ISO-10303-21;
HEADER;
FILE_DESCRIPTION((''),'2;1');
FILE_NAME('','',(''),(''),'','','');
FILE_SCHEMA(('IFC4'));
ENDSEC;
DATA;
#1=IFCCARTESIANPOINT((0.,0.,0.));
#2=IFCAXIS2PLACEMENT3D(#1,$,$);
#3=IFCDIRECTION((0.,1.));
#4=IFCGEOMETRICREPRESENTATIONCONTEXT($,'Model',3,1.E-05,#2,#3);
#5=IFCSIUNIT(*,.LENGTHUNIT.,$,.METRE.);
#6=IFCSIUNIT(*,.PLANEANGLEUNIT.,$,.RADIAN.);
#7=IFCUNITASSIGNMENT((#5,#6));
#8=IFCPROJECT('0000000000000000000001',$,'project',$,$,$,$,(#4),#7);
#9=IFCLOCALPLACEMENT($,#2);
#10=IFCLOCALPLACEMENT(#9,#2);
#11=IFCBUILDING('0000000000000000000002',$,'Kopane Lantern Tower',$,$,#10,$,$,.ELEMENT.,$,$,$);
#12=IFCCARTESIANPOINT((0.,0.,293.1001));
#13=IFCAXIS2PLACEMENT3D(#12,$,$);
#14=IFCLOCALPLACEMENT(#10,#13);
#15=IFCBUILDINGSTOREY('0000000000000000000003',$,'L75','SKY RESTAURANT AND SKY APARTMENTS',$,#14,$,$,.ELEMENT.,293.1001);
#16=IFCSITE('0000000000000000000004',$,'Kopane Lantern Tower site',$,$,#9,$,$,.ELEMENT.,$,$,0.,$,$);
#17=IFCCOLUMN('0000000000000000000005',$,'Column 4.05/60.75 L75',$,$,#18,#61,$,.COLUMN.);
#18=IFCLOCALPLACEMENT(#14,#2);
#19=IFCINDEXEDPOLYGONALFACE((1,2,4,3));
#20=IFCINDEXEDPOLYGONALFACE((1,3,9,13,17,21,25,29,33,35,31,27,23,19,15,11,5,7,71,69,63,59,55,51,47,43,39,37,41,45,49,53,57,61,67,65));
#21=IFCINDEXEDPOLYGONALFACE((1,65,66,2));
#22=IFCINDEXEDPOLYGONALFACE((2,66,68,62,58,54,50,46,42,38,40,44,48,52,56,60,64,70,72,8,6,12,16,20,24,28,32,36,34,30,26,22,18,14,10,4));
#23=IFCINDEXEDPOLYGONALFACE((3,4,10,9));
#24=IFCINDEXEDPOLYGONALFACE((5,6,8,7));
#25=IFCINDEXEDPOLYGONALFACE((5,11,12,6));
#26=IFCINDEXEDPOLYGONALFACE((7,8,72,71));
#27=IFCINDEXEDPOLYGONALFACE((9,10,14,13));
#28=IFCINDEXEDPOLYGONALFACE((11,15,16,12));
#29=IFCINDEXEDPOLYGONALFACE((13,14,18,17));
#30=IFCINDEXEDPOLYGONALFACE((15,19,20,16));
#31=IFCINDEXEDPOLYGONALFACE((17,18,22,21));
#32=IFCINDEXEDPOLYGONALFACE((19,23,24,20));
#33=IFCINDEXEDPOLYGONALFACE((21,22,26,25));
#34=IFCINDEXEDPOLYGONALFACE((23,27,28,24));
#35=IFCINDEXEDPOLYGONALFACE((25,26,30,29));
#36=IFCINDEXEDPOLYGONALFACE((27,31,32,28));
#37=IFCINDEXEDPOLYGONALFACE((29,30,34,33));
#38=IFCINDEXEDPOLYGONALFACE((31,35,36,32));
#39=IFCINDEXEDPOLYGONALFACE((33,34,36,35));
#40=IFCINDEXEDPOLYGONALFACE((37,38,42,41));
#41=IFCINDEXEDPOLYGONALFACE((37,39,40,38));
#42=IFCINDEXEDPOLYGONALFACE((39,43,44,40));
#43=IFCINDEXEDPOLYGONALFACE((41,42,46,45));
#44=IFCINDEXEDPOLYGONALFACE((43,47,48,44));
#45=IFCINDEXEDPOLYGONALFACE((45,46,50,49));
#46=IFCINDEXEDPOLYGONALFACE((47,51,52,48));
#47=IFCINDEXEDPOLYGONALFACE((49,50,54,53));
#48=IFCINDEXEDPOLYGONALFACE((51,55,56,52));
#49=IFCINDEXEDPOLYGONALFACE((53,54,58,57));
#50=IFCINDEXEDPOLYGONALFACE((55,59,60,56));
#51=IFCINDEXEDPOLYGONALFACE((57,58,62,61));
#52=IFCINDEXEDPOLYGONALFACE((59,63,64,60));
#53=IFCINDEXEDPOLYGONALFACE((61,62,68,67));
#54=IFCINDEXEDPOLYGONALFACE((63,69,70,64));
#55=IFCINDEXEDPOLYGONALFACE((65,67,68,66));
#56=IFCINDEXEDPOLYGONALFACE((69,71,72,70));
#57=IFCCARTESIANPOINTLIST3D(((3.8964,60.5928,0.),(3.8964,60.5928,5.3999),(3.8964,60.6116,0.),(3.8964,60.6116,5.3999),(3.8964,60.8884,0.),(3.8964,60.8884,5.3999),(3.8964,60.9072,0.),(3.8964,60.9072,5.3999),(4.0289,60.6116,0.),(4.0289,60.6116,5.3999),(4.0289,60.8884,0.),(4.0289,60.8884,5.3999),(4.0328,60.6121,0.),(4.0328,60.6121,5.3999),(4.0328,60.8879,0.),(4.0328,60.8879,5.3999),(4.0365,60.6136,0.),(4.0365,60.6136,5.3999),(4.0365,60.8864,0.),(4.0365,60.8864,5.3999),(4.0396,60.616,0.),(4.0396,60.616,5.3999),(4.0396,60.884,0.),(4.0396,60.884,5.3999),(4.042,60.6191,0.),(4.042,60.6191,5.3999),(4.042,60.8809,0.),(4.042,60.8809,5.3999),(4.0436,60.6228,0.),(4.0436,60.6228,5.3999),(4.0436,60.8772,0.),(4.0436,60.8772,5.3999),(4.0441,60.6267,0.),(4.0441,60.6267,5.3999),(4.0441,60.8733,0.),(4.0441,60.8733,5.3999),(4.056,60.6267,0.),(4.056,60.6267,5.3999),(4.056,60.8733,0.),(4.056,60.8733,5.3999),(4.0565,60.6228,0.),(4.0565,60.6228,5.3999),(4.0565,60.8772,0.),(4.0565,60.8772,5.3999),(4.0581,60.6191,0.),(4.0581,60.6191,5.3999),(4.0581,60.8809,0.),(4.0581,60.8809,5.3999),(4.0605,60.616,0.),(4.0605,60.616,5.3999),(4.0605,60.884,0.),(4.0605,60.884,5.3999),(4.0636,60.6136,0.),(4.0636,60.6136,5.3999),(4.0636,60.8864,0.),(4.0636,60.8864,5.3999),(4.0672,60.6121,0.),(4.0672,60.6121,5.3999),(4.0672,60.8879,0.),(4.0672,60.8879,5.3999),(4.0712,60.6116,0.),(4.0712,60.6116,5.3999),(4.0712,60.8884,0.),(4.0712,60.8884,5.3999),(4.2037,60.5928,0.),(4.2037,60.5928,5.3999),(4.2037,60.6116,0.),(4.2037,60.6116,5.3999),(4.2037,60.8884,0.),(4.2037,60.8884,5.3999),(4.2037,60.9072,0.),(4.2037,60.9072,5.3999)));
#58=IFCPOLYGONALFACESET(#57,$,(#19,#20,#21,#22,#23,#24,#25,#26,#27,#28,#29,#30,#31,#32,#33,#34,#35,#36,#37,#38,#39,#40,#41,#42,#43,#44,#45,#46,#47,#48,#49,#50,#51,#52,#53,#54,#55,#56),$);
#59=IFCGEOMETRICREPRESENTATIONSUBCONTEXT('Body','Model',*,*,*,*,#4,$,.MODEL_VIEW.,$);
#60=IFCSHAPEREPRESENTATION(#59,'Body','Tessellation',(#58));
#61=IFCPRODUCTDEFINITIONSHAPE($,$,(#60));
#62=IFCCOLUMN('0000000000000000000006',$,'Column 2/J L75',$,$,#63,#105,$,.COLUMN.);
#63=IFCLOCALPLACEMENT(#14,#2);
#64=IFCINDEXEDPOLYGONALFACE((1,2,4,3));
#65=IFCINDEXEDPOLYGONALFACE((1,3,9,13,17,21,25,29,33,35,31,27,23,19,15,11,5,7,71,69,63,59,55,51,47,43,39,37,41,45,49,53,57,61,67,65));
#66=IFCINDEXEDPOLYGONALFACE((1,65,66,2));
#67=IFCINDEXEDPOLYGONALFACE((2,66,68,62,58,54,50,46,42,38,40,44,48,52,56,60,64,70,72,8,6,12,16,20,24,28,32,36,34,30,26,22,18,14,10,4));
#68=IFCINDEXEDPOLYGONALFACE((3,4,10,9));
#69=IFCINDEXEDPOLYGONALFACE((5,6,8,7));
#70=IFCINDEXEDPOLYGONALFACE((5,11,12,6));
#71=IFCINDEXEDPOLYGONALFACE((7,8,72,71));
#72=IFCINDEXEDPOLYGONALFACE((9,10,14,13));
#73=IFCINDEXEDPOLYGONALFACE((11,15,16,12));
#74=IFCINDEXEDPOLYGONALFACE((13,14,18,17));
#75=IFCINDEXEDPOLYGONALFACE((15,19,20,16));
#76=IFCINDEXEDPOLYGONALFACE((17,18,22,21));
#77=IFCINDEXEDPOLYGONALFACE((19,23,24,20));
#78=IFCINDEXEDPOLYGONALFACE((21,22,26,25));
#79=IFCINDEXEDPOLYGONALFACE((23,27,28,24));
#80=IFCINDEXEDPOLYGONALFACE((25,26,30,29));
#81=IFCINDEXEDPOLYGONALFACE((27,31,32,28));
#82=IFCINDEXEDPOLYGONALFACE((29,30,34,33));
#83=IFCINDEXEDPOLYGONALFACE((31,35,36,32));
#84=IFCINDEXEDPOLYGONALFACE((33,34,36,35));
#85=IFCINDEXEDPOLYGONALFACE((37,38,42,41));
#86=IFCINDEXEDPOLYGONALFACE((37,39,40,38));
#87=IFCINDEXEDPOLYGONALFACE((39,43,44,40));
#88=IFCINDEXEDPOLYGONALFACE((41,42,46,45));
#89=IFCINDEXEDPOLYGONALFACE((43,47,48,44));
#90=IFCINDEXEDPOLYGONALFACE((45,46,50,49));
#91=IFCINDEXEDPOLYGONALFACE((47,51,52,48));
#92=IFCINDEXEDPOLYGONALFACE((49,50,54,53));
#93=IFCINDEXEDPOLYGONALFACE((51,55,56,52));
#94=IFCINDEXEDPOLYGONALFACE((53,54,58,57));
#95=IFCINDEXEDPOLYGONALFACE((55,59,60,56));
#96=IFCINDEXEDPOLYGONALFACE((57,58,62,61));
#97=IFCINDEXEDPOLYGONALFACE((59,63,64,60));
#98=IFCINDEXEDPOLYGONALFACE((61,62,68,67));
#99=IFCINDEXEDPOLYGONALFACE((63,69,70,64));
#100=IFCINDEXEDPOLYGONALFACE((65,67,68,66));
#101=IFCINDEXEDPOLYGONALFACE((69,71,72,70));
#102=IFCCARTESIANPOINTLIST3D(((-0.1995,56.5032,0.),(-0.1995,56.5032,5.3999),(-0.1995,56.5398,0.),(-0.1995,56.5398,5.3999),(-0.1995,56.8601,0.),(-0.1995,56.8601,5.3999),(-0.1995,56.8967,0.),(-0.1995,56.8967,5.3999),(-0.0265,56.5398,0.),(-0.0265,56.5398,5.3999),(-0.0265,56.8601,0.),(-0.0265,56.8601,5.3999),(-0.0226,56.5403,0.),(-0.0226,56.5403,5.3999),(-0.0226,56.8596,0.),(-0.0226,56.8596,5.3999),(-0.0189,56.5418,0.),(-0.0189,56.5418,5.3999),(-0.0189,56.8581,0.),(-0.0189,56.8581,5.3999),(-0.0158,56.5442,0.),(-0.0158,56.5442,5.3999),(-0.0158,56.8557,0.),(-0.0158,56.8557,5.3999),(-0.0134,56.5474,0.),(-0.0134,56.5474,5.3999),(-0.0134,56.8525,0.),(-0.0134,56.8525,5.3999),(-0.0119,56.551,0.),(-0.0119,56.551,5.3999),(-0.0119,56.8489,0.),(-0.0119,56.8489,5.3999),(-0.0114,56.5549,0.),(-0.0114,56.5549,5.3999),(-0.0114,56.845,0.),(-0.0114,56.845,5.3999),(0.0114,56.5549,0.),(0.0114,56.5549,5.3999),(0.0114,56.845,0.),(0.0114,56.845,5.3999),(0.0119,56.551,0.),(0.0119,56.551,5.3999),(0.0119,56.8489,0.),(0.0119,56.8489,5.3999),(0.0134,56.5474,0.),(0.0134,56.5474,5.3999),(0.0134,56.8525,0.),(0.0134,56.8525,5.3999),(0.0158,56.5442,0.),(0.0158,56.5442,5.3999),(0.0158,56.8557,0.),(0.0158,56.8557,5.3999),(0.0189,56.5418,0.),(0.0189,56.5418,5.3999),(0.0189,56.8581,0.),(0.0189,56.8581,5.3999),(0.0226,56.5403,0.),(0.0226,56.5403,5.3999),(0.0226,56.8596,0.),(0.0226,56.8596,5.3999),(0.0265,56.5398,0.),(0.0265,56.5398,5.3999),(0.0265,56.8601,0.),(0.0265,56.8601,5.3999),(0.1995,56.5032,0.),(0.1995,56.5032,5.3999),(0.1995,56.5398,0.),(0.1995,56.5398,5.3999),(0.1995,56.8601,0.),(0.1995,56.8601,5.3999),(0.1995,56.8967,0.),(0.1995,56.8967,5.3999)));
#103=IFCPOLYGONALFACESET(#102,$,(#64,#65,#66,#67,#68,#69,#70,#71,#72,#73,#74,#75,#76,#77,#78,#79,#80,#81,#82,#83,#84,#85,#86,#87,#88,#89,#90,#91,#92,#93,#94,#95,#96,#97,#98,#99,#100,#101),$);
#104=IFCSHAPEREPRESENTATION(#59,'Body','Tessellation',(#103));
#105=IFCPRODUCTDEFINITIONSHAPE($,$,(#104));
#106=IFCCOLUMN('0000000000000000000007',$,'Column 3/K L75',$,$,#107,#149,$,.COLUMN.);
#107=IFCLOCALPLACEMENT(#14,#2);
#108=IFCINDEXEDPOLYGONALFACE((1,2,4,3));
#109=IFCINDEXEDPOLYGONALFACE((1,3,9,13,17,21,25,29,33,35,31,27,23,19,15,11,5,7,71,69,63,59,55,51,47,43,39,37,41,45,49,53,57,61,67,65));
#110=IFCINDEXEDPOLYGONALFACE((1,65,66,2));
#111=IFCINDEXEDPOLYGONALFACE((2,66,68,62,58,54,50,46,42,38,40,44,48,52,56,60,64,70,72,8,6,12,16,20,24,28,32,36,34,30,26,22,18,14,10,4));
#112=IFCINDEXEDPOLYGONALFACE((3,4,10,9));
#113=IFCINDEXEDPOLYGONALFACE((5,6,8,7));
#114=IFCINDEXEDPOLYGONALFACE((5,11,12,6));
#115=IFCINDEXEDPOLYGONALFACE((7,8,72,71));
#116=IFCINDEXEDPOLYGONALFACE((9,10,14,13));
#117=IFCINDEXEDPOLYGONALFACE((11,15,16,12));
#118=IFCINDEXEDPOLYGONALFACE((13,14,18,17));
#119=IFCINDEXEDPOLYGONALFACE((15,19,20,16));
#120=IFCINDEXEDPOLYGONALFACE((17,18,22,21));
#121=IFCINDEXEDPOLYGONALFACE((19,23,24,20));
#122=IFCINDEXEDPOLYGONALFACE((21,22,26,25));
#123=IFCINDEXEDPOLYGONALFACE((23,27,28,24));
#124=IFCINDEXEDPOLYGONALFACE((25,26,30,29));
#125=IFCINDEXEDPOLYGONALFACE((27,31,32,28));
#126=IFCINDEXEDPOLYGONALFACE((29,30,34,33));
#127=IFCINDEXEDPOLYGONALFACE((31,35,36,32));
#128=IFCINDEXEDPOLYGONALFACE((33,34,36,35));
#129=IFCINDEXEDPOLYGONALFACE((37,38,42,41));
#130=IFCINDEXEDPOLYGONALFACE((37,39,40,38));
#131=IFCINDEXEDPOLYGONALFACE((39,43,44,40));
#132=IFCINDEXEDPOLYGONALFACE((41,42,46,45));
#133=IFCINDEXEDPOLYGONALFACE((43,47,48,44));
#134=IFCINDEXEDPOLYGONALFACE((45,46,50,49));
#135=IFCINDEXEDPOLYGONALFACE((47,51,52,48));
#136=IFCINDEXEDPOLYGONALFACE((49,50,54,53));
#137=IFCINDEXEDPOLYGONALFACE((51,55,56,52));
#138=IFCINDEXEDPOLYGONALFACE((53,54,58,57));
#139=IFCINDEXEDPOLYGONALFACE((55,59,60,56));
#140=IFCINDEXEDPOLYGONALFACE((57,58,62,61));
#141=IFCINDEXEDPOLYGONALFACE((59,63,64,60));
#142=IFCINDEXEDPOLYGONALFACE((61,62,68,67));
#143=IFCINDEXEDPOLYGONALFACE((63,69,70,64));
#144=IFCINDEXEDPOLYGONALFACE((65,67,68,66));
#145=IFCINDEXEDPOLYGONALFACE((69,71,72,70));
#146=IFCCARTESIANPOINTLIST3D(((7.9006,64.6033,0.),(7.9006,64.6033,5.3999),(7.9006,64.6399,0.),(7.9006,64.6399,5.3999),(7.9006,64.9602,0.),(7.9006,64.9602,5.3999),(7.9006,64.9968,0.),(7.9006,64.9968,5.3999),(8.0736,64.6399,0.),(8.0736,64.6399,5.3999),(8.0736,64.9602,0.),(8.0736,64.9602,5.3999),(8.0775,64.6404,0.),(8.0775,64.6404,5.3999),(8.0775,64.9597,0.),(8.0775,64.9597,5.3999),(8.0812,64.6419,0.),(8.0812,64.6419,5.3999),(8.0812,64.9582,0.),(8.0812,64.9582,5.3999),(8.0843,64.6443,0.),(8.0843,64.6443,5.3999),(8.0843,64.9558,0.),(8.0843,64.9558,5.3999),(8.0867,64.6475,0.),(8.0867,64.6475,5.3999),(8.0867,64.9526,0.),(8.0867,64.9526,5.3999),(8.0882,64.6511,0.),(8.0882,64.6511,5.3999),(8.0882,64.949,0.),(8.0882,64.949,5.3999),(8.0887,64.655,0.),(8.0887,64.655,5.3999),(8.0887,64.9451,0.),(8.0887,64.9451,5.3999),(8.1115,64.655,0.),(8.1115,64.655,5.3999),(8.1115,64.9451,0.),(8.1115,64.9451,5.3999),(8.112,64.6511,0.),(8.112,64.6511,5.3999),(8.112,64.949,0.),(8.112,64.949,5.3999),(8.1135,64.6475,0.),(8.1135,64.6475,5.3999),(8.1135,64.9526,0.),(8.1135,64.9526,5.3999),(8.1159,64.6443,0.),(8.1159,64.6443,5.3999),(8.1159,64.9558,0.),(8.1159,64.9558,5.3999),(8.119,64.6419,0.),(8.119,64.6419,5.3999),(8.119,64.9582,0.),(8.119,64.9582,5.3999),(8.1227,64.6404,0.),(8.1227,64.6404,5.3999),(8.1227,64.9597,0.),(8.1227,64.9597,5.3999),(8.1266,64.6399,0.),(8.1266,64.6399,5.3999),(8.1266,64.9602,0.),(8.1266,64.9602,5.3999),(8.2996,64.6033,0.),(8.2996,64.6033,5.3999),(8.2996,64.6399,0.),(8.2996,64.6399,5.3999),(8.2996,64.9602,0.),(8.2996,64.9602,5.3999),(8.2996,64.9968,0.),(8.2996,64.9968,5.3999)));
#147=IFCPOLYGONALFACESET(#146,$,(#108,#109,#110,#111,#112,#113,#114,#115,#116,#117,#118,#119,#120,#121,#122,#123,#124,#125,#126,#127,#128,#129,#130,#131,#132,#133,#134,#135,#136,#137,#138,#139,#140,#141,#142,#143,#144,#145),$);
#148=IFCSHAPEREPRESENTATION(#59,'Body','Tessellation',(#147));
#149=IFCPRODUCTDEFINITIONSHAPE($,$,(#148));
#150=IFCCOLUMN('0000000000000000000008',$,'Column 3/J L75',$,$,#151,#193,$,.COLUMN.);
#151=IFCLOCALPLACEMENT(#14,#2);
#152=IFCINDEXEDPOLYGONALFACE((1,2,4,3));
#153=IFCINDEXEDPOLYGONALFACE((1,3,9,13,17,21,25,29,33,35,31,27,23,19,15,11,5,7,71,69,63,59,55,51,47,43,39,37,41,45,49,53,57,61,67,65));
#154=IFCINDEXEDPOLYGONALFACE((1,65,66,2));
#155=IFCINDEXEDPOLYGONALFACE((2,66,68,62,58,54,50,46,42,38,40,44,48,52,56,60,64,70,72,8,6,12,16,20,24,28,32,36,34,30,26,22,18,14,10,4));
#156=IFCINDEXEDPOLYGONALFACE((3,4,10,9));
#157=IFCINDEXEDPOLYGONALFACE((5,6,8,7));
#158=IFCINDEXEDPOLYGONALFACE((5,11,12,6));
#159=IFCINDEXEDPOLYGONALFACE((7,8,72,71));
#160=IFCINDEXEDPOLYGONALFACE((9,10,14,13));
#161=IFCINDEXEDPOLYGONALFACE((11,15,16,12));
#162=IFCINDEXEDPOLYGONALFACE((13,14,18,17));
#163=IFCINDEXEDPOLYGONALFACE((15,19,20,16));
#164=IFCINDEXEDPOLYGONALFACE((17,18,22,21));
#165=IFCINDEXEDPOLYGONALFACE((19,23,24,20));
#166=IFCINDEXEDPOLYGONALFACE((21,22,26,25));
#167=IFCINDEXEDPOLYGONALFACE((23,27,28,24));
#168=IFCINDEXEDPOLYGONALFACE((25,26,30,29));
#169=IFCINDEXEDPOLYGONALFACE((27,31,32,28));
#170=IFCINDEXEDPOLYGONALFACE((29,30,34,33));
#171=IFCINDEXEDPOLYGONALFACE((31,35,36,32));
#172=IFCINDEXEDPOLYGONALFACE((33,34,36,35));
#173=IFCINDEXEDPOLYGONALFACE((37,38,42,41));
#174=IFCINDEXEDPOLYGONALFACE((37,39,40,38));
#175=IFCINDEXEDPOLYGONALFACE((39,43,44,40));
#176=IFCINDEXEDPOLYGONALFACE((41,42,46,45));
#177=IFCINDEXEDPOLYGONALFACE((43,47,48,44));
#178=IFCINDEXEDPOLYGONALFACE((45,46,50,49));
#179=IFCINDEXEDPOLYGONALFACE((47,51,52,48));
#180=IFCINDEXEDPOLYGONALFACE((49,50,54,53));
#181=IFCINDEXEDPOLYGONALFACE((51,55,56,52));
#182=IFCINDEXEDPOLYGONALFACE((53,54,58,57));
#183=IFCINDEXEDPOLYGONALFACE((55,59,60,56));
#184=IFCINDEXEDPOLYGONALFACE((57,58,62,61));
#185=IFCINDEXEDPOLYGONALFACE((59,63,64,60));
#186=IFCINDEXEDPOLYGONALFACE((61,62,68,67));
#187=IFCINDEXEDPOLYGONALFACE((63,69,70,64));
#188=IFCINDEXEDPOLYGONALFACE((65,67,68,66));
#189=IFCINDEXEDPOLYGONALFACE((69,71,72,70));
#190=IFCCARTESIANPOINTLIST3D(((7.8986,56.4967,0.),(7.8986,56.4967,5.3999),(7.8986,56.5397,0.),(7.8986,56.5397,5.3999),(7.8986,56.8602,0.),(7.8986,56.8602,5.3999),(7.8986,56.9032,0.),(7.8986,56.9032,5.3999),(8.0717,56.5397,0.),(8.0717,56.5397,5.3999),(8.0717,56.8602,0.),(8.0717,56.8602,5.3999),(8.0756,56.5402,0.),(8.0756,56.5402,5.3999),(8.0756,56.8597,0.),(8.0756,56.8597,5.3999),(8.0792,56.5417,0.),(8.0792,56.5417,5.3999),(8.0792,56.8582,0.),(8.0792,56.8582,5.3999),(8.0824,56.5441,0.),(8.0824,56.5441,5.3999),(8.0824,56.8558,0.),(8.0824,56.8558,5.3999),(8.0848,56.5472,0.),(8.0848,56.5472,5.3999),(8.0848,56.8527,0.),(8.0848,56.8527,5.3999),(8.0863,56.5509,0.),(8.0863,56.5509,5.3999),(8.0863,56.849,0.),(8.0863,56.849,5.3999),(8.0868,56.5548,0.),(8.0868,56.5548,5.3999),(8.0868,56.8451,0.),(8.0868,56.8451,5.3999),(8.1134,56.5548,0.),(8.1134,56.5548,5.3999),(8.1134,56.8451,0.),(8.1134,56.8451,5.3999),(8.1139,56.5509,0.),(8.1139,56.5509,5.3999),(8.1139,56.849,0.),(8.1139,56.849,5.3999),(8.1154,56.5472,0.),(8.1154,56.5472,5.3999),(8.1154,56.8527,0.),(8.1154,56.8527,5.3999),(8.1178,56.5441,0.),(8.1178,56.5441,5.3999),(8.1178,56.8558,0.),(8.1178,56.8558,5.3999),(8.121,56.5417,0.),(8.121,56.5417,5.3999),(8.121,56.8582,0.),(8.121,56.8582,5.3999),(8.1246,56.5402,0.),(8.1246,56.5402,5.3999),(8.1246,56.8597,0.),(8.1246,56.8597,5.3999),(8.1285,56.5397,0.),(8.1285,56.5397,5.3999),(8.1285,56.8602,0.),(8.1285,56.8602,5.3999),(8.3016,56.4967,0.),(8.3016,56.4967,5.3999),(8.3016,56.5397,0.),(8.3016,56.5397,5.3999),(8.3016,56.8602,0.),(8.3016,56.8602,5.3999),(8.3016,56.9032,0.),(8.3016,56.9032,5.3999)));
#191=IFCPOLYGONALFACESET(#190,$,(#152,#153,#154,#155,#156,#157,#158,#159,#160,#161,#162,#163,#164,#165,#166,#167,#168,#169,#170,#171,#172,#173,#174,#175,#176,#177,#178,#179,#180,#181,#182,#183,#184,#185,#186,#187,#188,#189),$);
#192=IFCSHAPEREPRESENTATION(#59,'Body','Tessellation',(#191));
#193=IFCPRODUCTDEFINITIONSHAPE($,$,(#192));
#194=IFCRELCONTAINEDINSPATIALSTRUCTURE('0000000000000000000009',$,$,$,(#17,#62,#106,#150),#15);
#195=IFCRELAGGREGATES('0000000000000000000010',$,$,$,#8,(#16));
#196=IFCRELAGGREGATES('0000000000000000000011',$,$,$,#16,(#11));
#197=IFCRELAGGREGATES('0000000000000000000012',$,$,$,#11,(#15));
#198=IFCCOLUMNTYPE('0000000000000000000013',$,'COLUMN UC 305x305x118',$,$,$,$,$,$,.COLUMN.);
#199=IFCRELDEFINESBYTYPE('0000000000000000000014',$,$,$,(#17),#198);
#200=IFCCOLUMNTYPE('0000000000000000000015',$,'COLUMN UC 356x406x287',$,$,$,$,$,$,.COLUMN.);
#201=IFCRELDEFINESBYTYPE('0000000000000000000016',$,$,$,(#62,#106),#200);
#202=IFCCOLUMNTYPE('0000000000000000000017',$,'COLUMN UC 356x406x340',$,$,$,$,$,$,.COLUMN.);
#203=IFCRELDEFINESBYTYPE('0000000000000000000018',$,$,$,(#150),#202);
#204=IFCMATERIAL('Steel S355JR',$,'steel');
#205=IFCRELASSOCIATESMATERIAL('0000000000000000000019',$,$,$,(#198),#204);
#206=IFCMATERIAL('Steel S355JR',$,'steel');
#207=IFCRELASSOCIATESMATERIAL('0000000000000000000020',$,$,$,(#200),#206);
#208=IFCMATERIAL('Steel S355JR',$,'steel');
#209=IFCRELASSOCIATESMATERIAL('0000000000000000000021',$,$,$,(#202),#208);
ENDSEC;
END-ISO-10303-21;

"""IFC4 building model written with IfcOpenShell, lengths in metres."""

from ifc_helpers import new_model, si_unit, direction, frame, origin, origin_2d, place, context, subcontext, project, spatial, i_section, extrude, material, material_profile, profile_set, type_object, element, save


model = new_model("IFC4")

# Units and contexts
model_context = context("Model", 3, precision=1e-05, world=origin(), true_north=direction((0.0, 1.0)))
body_context = subcontext(model_context, "Body", "Model", "MODEL_VIEW")
ifc_project = project(units=[si_unit("LENGTHUNIT", "METRE"), si_unit("PLANEANGLEUNIT", "RADIAN")], contexts=[model_context])

# Site, building, storey
site_placement = place(None, origin())
site = spatial("IfcSite", under=ifc_project, at=site_placement, Name="Kopane Lantern Tower site", CompositionType="ELEMENT", RefElevation=0.0)
building_placement = place(site_placement, origin())
building = spatial("IfcBuilding", under=site, at=building_placement, Name="Kopane Lantern Tower", CompositionType="ELEMENT")
storey_placement = place(building_placement, frame((0.0, 0.0, 293.1001)))
storey = spatial("IfcBuildingStorey", under=building, at=storey_placement, Name="L75", Description="SKY RESTAURANT AND SKY APARTMENTS", CompositionType="ELEMENT", Elevation=293.1001)

# Columns
ifc_material_1 = material(Name="Steel S355JR", Category="steel")
ifc_material_profile_1 = material_profile(ifc_material_1, i_section(OverallWidth=0.3074, OverallDepth=0.3145, WebThickness=0.012, FlangeThickness=0.0188, FilletRadius=0.0151, at=origin_2d()), Name="UC 305x305x118")
ifc_profile_set_1 = profile_set([ifc_material_profile_1], Name="Steel S355JR")
column_type_1 = type_object("IfcColumnType", Name="COLUMN UC 305x305x118", PredefinedType="COLUMN", material=ifc_profile_set_1)
column_1_placement = place(storey_placement, frame((4.05, 60.75, 0.0), z_axis=(0.0, 0.0, 1.0), x_axis=(1.0, 0.0, 0.0)))
element("IfcColumn", 1, at=column_1_placement, inside=storey, type_object=column_type_1, Name="Column 4.05/60.75 L75", PredefinedType="COLUMN", context=body_context, shape_type="SweptSolid", body=[
    extrude(i_section(OverallWidth=0.3074, OverallDepth=0.3145, WebThickness=0.012, FlangeThickness=0.0188, FilletRadius=0.0151, at=origin_2d()), origin(), (0.0, 0.0, 1.0), 5.3999),
])
ifc_material_2 = material(Name="Steel S355JR", Category="steel")
ifc_material_profile_2 = material_profile(ifc_material_2, i_section(OverallWidth=0.3989, OverallDepth=0.3936, WebThickness=0.0227, FlangeThickness=0.0366, FilletRadius=0.0151, at=origin_2d()), Name="UC 356x406x287")
ifc_profile_set_2 = profile_set([ifc_material_profile_2], Name="Steel S355JR")
column_type_2 = type_object("IfcColumnType", Name="COLUMN UC 356x406x287", PredefinedType="COLUMN", material=ifc_profile_set_2)
for number, where, z_axis, x_axis, name in (
    (2, (0.0, 56.7, 0.0), (0.0, 0.0, 1.0), (1.0, 0.0, 0.0), "Column 2/J L75"),
    (3, (8.1001, 64.8, 0.0), (0.0, 0.0, 1.0), (1.0, 0.0, 0.0), "Column 3/K L75"),
):
    element("IfcColumn", number, at=place(storey_placement, frame(where, z_axis=z_axis, x_axis=x_axis)), inside=storey, type_object=column_type_2, Name=name, PredefinedType="COLUMN", context=body_context, shape_type="SweptSolid", body=[
        extrude(i_section(OverallWidth=0.3989, OverallDepth=0.3936, WebThickness=0.0227, FlangeThickness=0.0366, FilletRadius=0.0151, at=origin_2d()), origin(), (0.0, 0.0, 1.0), 5.3999),
    ])
ifc_material_3 = material(Name="Steel S355JR", Category="steel")
ifc_material_profile_3 = material_profile(ifc_material_3, i_section(OverallWidth=0.4031, OverallDepth=0.4065, WebThickness=0.0266, FlangeThickness=0.043, FilletRadius=0.0151, at=origin_2d()), Name="UC 356x406x340")
ifc_profile_set_3 = profile_set([ifc_material_profile_3], Name="Steel S355JR")
column_type_3 = type_object("IfcColumnType", Name="COLUMN UC 356x406x340", PredefinedType="COLUMN", material=ifc_profile_set_3)
column_2_placement = place(storey_placement, frame((8.1001, 56.7, 0.0), z_axis=(0.0, 0.0, 1.0), x_axis=(1.0, 0.0, 0.0)))
element("IfcColumn", 4, at=column_2_placement, inside=storey, type_object=column_type_3, Name="Column 3/J L75", PredefinedType="COLUMN", context=body_context, shape_type="SweptSolid", body=[
    extrude(i_section(OverallWidth=0.4031, OverallDepth=0.4065, WebThickness=0.0266, FlangeThickness=0.043, FilletRadius=0.0151, at=origin_2d()), origin(), (0.0, 0.0, 1.0), 5.3999),
])

save(model, "model.ifc")
